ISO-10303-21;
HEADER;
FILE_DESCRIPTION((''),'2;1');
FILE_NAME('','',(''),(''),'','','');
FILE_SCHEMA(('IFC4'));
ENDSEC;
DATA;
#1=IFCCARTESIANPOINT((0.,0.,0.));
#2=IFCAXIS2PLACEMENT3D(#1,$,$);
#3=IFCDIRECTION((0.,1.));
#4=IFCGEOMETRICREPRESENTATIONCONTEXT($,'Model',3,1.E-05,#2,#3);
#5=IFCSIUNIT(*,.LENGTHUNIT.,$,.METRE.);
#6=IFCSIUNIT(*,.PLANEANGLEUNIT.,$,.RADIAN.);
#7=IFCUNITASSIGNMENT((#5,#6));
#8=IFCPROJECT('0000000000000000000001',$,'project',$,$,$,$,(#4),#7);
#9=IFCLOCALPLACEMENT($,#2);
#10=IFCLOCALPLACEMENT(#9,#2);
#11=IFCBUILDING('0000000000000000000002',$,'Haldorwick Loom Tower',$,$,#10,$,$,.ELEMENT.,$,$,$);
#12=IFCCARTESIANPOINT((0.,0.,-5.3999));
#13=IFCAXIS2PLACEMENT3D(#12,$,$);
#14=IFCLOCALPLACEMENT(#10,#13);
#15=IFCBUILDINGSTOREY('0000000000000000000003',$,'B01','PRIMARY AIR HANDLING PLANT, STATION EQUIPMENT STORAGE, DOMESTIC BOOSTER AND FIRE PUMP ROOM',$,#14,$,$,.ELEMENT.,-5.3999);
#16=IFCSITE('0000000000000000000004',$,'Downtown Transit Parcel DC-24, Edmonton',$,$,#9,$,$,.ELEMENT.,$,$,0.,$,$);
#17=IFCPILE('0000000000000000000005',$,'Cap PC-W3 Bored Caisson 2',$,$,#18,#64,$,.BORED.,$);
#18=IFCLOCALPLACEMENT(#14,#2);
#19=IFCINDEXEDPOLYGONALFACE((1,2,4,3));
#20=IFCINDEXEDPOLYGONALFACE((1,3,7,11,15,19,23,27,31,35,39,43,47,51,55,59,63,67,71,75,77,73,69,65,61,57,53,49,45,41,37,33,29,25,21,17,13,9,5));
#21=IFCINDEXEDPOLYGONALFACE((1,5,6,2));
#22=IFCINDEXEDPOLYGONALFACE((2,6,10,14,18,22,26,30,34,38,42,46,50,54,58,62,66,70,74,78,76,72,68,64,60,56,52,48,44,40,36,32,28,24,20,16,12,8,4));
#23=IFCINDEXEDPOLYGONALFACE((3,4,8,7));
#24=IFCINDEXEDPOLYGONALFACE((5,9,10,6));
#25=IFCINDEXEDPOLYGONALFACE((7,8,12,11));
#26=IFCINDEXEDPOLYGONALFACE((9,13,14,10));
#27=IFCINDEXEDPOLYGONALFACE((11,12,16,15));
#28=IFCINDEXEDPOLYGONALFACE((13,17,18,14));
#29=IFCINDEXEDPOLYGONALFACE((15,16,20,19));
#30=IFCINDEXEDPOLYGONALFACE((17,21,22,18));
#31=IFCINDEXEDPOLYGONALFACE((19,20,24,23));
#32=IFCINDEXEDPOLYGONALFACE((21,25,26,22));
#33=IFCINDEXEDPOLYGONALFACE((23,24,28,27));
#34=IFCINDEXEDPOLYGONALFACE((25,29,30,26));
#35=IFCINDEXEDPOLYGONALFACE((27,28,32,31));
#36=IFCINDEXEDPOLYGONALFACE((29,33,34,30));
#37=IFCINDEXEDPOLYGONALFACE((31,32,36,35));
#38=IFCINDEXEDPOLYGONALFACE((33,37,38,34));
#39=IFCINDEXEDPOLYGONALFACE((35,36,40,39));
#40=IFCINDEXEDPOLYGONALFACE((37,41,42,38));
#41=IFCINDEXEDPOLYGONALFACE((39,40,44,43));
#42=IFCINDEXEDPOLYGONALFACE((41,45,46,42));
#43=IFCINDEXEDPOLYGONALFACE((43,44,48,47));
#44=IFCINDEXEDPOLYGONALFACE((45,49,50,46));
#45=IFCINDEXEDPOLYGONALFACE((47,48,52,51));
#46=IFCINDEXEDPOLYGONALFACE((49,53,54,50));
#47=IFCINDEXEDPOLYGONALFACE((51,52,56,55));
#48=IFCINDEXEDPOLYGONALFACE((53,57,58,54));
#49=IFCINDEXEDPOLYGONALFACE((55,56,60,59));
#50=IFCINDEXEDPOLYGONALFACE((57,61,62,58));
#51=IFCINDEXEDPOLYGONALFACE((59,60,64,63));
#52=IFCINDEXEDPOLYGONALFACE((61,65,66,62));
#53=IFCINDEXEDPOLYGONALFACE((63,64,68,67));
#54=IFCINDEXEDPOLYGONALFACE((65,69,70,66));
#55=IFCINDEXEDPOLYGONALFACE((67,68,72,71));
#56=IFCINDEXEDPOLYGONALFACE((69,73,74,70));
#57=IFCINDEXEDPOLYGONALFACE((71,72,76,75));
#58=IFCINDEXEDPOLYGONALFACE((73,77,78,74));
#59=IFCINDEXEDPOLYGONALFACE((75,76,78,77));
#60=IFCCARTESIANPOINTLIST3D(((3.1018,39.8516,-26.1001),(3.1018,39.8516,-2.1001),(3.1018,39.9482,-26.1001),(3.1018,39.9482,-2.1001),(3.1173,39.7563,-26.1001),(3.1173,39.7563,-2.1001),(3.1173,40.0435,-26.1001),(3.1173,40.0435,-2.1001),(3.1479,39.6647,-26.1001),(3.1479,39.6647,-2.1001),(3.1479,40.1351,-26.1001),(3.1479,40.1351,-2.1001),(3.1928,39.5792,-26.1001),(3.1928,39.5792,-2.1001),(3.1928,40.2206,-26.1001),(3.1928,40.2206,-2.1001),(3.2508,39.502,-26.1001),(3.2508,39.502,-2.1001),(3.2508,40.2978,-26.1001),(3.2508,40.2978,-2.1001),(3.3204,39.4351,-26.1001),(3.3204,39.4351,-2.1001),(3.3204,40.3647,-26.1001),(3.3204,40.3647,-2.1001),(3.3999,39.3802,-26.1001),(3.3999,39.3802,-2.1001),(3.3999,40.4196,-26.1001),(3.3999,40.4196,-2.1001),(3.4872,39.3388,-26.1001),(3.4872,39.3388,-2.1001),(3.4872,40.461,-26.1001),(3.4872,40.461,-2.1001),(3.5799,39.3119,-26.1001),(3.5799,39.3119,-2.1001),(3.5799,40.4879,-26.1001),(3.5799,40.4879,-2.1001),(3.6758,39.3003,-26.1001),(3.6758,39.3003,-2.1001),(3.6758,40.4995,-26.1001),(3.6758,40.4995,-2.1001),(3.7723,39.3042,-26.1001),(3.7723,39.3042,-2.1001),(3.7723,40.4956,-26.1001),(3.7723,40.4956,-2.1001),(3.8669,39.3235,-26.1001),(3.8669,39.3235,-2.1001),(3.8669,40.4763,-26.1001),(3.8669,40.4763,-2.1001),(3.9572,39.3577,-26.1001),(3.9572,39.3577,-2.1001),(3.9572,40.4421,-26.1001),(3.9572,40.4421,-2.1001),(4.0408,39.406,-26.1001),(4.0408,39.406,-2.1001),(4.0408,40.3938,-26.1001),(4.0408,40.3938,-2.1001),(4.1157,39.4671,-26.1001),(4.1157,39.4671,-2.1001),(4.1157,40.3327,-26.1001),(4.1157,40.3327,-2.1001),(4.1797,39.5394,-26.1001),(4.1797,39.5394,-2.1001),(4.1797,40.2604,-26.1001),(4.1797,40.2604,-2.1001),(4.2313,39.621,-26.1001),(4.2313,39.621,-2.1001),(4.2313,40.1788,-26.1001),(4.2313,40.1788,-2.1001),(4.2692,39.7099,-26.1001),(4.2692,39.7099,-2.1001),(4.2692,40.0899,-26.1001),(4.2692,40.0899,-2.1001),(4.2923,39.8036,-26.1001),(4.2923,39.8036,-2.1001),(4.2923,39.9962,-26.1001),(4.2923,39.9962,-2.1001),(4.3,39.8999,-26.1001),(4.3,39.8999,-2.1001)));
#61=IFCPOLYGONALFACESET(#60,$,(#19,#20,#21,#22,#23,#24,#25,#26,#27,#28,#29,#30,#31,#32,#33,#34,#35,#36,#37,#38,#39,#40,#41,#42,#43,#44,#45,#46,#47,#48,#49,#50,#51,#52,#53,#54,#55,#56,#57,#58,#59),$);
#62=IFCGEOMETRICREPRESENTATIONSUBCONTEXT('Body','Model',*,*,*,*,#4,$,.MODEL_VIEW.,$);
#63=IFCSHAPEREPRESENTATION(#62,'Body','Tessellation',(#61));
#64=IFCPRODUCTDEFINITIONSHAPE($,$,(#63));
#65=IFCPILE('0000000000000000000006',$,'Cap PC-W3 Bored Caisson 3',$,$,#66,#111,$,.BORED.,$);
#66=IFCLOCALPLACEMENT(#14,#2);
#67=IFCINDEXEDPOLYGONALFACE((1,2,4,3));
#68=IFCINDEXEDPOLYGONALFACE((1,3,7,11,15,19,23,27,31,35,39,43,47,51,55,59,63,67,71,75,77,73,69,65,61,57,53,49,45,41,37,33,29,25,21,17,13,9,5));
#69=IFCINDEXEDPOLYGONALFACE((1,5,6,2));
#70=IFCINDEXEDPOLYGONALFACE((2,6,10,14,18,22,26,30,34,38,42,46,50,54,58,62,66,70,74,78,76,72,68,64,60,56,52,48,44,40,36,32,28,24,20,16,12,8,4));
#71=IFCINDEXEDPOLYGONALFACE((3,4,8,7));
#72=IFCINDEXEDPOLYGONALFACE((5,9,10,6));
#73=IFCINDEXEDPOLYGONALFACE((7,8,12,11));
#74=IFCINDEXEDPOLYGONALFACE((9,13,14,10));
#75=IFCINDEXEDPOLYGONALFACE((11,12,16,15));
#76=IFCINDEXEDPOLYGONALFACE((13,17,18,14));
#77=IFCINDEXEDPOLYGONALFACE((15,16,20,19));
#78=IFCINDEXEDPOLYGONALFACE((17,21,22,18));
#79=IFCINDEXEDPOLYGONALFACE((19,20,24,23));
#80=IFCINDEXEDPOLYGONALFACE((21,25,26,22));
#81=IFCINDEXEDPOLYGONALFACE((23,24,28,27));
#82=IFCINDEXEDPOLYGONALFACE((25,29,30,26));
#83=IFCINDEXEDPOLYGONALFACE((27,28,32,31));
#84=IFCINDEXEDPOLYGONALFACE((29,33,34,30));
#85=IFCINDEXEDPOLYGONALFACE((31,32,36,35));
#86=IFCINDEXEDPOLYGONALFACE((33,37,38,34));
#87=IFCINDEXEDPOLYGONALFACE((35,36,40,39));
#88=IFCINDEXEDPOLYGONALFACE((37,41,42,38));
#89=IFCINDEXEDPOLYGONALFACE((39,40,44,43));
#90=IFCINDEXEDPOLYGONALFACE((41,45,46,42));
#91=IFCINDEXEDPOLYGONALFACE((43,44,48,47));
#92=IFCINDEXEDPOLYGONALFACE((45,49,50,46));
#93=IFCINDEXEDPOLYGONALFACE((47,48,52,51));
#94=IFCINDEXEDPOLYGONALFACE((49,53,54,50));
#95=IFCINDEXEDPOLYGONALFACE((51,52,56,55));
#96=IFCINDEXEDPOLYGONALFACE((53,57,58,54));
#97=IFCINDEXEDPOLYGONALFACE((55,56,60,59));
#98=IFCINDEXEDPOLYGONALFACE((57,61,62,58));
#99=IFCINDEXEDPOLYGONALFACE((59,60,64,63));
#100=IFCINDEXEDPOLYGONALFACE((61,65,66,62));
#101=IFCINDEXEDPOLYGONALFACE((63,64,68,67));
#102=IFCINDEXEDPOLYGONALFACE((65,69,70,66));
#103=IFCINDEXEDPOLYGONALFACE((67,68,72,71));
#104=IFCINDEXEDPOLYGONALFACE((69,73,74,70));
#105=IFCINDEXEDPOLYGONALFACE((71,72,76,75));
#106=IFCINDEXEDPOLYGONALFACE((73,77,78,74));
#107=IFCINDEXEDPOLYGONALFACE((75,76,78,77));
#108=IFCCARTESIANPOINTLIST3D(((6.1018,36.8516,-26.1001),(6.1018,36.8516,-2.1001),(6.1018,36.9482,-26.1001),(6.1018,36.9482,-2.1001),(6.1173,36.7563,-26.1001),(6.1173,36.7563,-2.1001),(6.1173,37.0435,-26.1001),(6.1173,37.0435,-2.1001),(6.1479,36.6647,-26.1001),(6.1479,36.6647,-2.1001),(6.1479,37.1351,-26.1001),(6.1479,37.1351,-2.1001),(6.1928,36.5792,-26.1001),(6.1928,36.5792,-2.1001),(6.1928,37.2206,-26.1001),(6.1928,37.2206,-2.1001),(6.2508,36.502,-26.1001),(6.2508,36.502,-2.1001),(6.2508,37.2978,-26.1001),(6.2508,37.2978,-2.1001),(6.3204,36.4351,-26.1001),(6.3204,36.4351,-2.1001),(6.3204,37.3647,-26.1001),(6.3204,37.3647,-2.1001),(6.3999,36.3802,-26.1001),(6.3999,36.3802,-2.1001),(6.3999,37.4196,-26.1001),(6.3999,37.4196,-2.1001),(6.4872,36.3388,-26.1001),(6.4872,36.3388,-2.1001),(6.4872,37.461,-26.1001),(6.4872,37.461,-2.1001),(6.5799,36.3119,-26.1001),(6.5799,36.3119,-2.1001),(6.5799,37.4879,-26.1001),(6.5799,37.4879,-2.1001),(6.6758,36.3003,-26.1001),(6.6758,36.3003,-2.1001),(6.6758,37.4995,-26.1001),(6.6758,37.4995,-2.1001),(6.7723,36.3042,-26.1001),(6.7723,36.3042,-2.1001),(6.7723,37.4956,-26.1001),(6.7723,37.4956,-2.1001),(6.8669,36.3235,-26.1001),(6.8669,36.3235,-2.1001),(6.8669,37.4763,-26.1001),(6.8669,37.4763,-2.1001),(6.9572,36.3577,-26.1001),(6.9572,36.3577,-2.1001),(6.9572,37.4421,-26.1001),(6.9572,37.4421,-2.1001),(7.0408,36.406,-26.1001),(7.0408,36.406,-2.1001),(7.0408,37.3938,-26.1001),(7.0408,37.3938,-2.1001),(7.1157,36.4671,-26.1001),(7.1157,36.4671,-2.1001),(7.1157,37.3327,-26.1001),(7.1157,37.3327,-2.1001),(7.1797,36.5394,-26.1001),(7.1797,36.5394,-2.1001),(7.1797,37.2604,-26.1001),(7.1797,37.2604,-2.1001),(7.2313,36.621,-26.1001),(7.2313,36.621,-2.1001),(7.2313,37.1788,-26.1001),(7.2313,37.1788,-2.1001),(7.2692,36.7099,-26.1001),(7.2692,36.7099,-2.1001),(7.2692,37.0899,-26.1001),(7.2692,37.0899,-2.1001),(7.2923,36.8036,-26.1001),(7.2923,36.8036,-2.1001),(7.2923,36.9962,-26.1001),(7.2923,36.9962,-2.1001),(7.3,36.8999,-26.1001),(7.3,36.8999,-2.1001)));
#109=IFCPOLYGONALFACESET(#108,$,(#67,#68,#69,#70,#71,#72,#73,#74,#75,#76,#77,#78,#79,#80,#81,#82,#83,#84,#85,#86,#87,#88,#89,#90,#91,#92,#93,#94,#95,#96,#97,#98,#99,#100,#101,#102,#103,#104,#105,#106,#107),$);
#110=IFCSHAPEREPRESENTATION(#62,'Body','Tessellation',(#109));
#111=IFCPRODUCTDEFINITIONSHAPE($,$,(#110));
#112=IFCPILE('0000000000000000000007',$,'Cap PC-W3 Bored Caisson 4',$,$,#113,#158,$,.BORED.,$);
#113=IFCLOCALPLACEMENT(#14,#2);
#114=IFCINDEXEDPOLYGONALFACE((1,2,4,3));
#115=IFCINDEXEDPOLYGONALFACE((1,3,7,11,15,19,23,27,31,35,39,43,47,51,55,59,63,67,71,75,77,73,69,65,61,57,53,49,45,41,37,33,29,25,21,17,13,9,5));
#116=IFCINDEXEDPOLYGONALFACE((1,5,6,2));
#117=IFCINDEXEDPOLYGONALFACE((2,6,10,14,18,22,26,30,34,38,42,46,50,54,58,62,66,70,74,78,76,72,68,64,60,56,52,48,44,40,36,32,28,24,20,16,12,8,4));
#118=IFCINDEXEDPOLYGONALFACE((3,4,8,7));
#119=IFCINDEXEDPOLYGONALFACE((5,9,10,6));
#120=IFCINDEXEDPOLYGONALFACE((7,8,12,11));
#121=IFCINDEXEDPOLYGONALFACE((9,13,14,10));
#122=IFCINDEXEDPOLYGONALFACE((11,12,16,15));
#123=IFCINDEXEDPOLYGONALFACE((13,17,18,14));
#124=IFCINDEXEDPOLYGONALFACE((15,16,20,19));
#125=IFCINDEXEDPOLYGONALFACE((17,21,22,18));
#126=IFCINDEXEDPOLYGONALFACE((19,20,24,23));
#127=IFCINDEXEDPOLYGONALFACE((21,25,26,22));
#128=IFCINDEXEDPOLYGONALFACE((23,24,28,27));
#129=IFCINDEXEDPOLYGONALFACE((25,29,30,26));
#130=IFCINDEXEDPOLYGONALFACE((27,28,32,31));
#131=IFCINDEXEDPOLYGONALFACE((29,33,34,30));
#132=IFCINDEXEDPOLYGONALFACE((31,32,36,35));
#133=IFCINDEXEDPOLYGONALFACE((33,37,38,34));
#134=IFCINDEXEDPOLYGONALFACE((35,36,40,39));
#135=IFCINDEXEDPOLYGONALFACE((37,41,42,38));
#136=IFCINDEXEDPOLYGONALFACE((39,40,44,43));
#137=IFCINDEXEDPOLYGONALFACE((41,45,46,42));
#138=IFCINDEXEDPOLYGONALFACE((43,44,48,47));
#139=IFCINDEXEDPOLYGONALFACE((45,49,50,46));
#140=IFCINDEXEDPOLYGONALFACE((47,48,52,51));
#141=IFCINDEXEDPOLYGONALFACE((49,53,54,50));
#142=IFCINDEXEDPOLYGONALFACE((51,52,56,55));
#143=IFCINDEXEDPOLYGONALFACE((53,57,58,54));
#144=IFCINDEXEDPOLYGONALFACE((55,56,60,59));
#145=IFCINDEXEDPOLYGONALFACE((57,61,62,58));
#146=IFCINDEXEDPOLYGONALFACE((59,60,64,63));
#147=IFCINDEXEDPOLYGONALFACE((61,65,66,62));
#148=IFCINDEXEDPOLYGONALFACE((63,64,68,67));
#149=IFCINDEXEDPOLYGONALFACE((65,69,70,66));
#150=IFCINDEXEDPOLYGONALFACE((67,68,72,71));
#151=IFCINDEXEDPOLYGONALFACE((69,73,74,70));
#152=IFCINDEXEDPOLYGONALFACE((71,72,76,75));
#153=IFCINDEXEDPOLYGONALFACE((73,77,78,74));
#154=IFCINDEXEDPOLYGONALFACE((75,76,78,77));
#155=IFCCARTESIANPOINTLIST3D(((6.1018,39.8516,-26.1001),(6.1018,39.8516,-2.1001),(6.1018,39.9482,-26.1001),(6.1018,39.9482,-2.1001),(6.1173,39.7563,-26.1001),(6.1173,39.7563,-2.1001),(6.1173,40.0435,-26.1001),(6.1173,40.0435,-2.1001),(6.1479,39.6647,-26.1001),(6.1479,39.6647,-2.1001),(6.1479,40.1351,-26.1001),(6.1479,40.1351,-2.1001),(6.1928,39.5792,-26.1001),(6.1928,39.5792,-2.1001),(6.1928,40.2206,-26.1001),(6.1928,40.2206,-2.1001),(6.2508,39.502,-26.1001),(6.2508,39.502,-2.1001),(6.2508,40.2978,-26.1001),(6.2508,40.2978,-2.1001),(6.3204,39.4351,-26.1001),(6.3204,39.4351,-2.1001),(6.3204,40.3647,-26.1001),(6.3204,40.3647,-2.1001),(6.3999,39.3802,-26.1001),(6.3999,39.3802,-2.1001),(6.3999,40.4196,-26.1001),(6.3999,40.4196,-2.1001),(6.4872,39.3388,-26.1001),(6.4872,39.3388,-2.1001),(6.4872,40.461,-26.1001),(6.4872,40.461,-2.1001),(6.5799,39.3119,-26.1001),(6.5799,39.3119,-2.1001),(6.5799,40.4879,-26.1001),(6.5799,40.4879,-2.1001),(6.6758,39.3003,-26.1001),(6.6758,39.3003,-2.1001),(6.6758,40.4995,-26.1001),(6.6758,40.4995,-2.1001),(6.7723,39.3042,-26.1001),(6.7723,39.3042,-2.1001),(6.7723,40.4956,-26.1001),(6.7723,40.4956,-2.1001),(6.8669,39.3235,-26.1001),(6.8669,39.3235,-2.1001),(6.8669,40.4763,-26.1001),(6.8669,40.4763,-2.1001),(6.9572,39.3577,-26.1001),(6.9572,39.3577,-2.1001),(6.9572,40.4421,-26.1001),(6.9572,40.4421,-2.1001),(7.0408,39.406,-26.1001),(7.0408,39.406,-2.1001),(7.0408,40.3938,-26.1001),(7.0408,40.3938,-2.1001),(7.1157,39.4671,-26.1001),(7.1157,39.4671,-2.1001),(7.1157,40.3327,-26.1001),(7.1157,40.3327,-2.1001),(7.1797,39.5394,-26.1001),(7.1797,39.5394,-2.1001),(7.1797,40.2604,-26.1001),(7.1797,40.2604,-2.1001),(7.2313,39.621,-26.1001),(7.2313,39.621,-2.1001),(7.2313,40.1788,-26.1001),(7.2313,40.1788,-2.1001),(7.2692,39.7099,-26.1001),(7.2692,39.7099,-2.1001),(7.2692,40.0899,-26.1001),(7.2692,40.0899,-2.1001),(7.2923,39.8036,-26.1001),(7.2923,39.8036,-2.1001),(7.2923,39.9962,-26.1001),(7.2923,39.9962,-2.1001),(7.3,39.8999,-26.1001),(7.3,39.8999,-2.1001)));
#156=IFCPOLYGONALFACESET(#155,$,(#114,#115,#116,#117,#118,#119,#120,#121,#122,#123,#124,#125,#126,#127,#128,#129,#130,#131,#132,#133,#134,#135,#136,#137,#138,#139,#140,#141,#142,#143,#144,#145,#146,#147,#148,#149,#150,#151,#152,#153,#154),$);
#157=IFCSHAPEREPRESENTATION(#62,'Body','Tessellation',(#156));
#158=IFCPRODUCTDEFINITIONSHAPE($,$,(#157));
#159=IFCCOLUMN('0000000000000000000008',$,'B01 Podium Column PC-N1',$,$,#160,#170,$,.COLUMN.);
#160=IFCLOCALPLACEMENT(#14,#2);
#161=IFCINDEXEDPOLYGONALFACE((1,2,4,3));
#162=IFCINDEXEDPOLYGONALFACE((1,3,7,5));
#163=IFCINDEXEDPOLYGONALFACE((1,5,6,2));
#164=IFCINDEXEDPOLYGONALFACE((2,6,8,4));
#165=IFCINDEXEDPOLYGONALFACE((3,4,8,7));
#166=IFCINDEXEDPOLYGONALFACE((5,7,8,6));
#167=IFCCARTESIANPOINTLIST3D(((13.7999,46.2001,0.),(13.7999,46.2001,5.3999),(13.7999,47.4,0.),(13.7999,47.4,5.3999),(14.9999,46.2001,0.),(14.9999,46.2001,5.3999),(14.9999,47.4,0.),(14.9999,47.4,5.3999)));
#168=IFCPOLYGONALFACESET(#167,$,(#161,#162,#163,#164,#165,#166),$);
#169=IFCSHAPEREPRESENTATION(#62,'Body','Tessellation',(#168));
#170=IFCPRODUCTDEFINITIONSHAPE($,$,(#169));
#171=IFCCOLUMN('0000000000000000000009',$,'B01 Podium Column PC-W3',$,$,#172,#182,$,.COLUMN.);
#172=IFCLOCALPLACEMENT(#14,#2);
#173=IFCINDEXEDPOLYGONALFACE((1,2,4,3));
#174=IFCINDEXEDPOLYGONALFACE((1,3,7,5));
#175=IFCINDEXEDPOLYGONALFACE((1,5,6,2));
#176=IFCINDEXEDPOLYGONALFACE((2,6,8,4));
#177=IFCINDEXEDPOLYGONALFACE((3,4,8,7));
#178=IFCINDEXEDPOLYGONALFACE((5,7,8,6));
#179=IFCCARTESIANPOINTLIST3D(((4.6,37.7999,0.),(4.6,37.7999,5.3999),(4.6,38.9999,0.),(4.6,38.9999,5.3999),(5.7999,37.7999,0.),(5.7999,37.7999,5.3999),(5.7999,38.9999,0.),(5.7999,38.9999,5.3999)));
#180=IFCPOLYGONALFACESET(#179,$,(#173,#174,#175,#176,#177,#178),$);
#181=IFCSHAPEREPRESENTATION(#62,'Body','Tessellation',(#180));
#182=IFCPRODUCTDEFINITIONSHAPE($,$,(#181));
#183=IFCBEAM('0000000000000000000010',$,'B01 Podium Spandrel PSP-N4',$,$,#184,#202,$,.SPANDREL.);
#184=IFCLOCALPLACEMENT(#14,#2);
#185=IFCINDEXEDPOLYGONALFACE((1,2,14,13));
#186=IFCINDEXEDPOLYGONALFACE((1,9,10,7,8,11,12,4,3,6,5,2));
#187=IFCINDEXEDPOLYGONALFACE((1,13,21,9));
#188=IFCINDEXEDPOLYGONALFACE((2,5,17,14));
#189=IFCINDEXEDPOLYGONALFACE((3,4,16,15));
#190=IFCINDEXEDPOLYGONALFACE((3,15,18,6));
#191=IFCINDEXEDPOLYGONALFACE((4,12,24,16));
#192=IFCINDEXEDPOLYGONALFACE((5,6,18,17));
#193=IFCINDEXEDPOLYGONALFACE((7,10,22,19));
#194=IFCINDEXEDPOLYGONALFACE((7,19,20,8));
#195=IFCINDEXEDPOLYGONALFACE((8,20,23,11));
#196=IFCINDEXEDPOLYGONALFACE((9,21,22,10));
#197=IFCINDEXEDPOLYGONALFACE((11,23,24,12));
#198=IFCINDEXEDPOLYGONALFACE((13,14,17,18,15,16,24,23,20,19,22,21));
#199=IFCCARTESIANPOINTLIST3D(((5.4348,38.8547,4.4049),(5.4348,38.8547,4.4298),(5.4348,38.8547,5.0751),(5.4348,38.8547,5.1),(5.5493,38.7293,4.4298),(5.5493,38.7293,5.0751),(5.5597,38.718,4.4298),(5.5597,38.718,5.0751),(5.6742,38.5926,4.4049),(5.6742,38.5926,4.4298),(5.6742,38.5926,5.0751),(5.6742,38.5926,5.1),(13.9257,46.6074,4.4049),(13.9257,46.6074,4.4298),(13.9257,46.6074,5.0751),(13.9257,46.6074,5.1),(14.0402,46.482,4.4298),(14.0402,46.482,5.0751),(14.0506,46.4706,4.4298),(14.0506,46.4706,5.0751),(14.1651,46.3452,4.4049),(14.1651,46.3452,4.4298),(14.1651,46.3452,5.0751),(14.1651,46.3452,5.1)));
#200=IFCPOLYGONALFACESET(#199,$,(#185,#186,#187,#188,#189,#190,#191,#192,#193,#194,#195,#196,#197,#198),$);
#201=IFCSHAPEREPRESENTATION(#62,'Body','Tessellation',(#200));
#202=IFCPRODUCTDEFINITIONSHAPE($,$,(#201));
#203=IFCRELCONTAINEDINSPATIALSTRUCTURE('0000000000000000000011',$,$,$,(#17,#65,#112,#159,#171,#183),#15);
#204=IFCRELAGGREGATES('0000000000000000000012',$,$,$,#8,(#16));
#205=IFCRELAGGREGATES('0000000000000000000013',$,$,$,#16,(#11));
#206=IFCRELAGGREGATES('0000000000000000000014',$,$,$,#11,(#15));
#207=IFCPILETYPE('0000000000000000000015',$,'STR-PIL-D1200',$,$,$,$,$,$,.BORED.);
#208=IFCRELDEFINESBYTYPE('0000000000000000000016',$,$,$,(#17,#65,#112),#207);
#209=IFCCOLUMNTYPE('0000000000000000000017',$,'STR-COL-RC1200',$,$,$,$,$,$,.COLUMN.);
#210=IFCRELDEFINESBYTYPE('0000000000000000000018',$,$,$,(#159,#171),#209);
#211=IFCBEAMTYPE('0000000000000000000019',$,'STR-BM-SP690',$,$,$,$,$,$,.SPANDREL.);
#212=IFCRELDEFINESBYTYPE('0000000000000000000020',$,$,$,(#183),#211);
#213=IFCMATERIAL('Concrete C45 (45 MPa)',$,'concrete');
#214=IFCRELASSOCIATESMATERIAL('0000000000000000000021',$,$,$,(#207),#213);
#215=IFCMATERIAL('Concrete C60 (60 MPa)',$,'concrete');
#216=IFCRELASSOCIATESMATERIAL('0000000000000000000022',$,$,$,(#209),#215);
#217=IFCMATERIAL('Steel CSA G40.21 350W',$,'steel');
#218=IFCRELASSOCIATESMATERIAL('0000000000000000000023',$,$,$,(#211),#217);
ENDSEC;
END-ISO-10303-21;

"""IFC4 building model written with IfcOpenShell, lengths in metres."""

from ifc_helpers import new_model, si_unit, direction, frame, origin, origin_2d, place, context, subcontext, project, spatial, rectangle, circle, i_section, extrude, material, material_profile, profile_set, type_object, element, save


model = new_model("IFC4")

# Units and contexts
model_context = context("Model", 3, precision=1e-05, world=origin(), true_north=direction((0.0, 1.0)))
body_context = subcontext(model_context, "Body", "Model", "MODEL_VIEW")
ifc_project = project(units=[si_unit("LENGTHUNIT", "METRE"), si_unit("PLANEANGLEUNIT", "RADIAN")], contexts=[model_context])

# Site, building, storey
site_placement = place(None, origin())
site = spatial("IfcSite", under=ifc_project, at=site_placement, Name="Downtown Transit Parcel DC-24, Edmonton", CompositionType="ELEMENT", RefElevation=0.0)
building_placement = place(site_placement, origin())
building = spatial("IfcBuilding", under=site, at=building_placement, Name="Haldorwick Loom Tower", CompositionType="ELEMENT")
storey_placement = place(building_placement, frame((0.0, 0.0, -5.3999)))
storey = spatial("IfcBuildingStorey", under=building, at=storey_placement, Name="B01", Description="PRIMARY AIR HANDLING PLANT, STATION EQUIPMENT STORAGE, DOMESTIC BOOSTER AND FIRE PUMP ROOM", CompositionType="ELEMENT", Elevation=-5.3999)

# Shared definitions
ifc_material_1 = material(Name="Concrete C45 (45 MPa)", Category="concrete")

# Piles
ifc_material_profile_1 = material_profile(ifc_material_1, circle(Radius=0.6001, at=origin_2d()), Name="CAISSON_D1200", Category="concrete")
ifc_profile_set_1 = profile_set([ifc_material_profile_1], Name="Concrete C45 (45 MPa)")
pile_type = type_object("IfcPileType", Name="STR-PIL-D1200", PredefinedType="BORED", material=ifc_profile_set_1)
for number, where, z_axis, x_axis, name in (
    (1, (3.7, 39.8999, -2.1001), (0.0, 0.0, -1.0), (1.0, 0.0, 0.0), "Cap PC-W3 Bored Caisson 2"),
    (2, (6.7, 36.8999, -2.1001), (0.0, 0.0, -1.0), (1.0, 0.0, 0.0), "Cap PC-W3 Bored Caisson 3"),
    (3, (6.7, 39.8999, -2.1001), (0.0, 0.0, -1.0), (1.0, 0.0, 0.0), "Cap PC-W3 Bored Caisson 4"),
):
    element("IfcPile", number, at=place(storey_placement, frame(where, z_axis=z_axis, x_axis=x_axis)), inside=storey, type_object=pile_type, Name=name, PredefinedType="BORED", context=body_context, shape_type="SweptSolid", body=[
        extrude(circle(Radius=0.6001, at=origin_2d()), origin(), (0.0, 0.0, 1.0), 24.0),
    ])

# Columns
ifc_material_2 = material(Name="Concrete C60 (60 MPa)", Category="concrete")
ifc_material_profile_2 = material_profile(ifc_material_2, rectangle(XDim=1.2, YDim=1.2, at=origin_2d()), Name="RC1200X1200", Category="concrete")
ifc_profile_set_2 = profile_set([ifc_material_profile_2], Name="Concrete C60 (60 MPa)")
column_type = type_object("IfcColumnType", Name="STR-COL-RC1200", PredefinedType="COLUMN", material=ifc_profile_set_2)
for number, where, z_axis, x_axis, name in (
    (4, (14.3999, 46.8, 0.0), (0.0, 0.0, 1.0), (1.0, 0.0, 0.0), "B01 Podium Column PC-N1"),
    (5, (5.2, 38.3999, 0.0), (0.0, 0.0, 1.0), (1.0, 0.0, 0.0), "B01 Podium Column PC-W3"),
):
    element("IfcColumn", number, at=place(storey_placement, frame(where, z_axis=z_axis, x_axis=x_axis)), inside=storey, type_object=column_type, Name=name, PredefinedType="COLUMN", context=body_context, shape_type="SweptSolid", body=[
        extrude(rectangle(XDim=1.2, YDim=1.2, at=origin_2d()), origin(), (0.0, 0.0, 1.0), 5.3999),
    ])

# Beam
ifc_material_3 = material(Name="Steel CSA G40.21 350W", Category="steel")
ifc_material_profile_3 = material_profile(ifc_material_3, i_section(OverallWidth=0.355, OverallDepth=0.6951, WebThickness=0.0154, FlangeThickness=0.0249, at=origin_2d()), Name="W690X217", Category="steel")
ifc_profile_set_3 = profile_set([ifc_material_profile_3], Name="Steel CSA G40.21 350W")
beam_type_1 = type_object("IfcBeamType", Name="STR-BM-SP690", PredefinedType="SPANDREL", material=ifc_profile_set_3)
beam_1_placement = place(storey_placement, frame((14.0454, 46.4763, 4.7524), z_axis=(-0.738483, -0.674272, 0.0), x_axis=(0.674272, -0.738483, 0.0)))
element("IfcBeam", 6, at=beam_1_placement, inside=storey, type_object=beam_type_1, Name="B01 Podium Spandrel PSP-N4", PredefinedType="SPANDREL", context=body_context, shape_type="SweptSolid", body=[
    extrude(i_section(OverallWidth=0.355, OverallDepth=0.6951, WebThickness=0.0154, FlangeThickness=0.0249, at=origin_2d()), origin(), (0.0, 0.0, 1.0), 11.4978),
])

save(model, "model.ifc")
